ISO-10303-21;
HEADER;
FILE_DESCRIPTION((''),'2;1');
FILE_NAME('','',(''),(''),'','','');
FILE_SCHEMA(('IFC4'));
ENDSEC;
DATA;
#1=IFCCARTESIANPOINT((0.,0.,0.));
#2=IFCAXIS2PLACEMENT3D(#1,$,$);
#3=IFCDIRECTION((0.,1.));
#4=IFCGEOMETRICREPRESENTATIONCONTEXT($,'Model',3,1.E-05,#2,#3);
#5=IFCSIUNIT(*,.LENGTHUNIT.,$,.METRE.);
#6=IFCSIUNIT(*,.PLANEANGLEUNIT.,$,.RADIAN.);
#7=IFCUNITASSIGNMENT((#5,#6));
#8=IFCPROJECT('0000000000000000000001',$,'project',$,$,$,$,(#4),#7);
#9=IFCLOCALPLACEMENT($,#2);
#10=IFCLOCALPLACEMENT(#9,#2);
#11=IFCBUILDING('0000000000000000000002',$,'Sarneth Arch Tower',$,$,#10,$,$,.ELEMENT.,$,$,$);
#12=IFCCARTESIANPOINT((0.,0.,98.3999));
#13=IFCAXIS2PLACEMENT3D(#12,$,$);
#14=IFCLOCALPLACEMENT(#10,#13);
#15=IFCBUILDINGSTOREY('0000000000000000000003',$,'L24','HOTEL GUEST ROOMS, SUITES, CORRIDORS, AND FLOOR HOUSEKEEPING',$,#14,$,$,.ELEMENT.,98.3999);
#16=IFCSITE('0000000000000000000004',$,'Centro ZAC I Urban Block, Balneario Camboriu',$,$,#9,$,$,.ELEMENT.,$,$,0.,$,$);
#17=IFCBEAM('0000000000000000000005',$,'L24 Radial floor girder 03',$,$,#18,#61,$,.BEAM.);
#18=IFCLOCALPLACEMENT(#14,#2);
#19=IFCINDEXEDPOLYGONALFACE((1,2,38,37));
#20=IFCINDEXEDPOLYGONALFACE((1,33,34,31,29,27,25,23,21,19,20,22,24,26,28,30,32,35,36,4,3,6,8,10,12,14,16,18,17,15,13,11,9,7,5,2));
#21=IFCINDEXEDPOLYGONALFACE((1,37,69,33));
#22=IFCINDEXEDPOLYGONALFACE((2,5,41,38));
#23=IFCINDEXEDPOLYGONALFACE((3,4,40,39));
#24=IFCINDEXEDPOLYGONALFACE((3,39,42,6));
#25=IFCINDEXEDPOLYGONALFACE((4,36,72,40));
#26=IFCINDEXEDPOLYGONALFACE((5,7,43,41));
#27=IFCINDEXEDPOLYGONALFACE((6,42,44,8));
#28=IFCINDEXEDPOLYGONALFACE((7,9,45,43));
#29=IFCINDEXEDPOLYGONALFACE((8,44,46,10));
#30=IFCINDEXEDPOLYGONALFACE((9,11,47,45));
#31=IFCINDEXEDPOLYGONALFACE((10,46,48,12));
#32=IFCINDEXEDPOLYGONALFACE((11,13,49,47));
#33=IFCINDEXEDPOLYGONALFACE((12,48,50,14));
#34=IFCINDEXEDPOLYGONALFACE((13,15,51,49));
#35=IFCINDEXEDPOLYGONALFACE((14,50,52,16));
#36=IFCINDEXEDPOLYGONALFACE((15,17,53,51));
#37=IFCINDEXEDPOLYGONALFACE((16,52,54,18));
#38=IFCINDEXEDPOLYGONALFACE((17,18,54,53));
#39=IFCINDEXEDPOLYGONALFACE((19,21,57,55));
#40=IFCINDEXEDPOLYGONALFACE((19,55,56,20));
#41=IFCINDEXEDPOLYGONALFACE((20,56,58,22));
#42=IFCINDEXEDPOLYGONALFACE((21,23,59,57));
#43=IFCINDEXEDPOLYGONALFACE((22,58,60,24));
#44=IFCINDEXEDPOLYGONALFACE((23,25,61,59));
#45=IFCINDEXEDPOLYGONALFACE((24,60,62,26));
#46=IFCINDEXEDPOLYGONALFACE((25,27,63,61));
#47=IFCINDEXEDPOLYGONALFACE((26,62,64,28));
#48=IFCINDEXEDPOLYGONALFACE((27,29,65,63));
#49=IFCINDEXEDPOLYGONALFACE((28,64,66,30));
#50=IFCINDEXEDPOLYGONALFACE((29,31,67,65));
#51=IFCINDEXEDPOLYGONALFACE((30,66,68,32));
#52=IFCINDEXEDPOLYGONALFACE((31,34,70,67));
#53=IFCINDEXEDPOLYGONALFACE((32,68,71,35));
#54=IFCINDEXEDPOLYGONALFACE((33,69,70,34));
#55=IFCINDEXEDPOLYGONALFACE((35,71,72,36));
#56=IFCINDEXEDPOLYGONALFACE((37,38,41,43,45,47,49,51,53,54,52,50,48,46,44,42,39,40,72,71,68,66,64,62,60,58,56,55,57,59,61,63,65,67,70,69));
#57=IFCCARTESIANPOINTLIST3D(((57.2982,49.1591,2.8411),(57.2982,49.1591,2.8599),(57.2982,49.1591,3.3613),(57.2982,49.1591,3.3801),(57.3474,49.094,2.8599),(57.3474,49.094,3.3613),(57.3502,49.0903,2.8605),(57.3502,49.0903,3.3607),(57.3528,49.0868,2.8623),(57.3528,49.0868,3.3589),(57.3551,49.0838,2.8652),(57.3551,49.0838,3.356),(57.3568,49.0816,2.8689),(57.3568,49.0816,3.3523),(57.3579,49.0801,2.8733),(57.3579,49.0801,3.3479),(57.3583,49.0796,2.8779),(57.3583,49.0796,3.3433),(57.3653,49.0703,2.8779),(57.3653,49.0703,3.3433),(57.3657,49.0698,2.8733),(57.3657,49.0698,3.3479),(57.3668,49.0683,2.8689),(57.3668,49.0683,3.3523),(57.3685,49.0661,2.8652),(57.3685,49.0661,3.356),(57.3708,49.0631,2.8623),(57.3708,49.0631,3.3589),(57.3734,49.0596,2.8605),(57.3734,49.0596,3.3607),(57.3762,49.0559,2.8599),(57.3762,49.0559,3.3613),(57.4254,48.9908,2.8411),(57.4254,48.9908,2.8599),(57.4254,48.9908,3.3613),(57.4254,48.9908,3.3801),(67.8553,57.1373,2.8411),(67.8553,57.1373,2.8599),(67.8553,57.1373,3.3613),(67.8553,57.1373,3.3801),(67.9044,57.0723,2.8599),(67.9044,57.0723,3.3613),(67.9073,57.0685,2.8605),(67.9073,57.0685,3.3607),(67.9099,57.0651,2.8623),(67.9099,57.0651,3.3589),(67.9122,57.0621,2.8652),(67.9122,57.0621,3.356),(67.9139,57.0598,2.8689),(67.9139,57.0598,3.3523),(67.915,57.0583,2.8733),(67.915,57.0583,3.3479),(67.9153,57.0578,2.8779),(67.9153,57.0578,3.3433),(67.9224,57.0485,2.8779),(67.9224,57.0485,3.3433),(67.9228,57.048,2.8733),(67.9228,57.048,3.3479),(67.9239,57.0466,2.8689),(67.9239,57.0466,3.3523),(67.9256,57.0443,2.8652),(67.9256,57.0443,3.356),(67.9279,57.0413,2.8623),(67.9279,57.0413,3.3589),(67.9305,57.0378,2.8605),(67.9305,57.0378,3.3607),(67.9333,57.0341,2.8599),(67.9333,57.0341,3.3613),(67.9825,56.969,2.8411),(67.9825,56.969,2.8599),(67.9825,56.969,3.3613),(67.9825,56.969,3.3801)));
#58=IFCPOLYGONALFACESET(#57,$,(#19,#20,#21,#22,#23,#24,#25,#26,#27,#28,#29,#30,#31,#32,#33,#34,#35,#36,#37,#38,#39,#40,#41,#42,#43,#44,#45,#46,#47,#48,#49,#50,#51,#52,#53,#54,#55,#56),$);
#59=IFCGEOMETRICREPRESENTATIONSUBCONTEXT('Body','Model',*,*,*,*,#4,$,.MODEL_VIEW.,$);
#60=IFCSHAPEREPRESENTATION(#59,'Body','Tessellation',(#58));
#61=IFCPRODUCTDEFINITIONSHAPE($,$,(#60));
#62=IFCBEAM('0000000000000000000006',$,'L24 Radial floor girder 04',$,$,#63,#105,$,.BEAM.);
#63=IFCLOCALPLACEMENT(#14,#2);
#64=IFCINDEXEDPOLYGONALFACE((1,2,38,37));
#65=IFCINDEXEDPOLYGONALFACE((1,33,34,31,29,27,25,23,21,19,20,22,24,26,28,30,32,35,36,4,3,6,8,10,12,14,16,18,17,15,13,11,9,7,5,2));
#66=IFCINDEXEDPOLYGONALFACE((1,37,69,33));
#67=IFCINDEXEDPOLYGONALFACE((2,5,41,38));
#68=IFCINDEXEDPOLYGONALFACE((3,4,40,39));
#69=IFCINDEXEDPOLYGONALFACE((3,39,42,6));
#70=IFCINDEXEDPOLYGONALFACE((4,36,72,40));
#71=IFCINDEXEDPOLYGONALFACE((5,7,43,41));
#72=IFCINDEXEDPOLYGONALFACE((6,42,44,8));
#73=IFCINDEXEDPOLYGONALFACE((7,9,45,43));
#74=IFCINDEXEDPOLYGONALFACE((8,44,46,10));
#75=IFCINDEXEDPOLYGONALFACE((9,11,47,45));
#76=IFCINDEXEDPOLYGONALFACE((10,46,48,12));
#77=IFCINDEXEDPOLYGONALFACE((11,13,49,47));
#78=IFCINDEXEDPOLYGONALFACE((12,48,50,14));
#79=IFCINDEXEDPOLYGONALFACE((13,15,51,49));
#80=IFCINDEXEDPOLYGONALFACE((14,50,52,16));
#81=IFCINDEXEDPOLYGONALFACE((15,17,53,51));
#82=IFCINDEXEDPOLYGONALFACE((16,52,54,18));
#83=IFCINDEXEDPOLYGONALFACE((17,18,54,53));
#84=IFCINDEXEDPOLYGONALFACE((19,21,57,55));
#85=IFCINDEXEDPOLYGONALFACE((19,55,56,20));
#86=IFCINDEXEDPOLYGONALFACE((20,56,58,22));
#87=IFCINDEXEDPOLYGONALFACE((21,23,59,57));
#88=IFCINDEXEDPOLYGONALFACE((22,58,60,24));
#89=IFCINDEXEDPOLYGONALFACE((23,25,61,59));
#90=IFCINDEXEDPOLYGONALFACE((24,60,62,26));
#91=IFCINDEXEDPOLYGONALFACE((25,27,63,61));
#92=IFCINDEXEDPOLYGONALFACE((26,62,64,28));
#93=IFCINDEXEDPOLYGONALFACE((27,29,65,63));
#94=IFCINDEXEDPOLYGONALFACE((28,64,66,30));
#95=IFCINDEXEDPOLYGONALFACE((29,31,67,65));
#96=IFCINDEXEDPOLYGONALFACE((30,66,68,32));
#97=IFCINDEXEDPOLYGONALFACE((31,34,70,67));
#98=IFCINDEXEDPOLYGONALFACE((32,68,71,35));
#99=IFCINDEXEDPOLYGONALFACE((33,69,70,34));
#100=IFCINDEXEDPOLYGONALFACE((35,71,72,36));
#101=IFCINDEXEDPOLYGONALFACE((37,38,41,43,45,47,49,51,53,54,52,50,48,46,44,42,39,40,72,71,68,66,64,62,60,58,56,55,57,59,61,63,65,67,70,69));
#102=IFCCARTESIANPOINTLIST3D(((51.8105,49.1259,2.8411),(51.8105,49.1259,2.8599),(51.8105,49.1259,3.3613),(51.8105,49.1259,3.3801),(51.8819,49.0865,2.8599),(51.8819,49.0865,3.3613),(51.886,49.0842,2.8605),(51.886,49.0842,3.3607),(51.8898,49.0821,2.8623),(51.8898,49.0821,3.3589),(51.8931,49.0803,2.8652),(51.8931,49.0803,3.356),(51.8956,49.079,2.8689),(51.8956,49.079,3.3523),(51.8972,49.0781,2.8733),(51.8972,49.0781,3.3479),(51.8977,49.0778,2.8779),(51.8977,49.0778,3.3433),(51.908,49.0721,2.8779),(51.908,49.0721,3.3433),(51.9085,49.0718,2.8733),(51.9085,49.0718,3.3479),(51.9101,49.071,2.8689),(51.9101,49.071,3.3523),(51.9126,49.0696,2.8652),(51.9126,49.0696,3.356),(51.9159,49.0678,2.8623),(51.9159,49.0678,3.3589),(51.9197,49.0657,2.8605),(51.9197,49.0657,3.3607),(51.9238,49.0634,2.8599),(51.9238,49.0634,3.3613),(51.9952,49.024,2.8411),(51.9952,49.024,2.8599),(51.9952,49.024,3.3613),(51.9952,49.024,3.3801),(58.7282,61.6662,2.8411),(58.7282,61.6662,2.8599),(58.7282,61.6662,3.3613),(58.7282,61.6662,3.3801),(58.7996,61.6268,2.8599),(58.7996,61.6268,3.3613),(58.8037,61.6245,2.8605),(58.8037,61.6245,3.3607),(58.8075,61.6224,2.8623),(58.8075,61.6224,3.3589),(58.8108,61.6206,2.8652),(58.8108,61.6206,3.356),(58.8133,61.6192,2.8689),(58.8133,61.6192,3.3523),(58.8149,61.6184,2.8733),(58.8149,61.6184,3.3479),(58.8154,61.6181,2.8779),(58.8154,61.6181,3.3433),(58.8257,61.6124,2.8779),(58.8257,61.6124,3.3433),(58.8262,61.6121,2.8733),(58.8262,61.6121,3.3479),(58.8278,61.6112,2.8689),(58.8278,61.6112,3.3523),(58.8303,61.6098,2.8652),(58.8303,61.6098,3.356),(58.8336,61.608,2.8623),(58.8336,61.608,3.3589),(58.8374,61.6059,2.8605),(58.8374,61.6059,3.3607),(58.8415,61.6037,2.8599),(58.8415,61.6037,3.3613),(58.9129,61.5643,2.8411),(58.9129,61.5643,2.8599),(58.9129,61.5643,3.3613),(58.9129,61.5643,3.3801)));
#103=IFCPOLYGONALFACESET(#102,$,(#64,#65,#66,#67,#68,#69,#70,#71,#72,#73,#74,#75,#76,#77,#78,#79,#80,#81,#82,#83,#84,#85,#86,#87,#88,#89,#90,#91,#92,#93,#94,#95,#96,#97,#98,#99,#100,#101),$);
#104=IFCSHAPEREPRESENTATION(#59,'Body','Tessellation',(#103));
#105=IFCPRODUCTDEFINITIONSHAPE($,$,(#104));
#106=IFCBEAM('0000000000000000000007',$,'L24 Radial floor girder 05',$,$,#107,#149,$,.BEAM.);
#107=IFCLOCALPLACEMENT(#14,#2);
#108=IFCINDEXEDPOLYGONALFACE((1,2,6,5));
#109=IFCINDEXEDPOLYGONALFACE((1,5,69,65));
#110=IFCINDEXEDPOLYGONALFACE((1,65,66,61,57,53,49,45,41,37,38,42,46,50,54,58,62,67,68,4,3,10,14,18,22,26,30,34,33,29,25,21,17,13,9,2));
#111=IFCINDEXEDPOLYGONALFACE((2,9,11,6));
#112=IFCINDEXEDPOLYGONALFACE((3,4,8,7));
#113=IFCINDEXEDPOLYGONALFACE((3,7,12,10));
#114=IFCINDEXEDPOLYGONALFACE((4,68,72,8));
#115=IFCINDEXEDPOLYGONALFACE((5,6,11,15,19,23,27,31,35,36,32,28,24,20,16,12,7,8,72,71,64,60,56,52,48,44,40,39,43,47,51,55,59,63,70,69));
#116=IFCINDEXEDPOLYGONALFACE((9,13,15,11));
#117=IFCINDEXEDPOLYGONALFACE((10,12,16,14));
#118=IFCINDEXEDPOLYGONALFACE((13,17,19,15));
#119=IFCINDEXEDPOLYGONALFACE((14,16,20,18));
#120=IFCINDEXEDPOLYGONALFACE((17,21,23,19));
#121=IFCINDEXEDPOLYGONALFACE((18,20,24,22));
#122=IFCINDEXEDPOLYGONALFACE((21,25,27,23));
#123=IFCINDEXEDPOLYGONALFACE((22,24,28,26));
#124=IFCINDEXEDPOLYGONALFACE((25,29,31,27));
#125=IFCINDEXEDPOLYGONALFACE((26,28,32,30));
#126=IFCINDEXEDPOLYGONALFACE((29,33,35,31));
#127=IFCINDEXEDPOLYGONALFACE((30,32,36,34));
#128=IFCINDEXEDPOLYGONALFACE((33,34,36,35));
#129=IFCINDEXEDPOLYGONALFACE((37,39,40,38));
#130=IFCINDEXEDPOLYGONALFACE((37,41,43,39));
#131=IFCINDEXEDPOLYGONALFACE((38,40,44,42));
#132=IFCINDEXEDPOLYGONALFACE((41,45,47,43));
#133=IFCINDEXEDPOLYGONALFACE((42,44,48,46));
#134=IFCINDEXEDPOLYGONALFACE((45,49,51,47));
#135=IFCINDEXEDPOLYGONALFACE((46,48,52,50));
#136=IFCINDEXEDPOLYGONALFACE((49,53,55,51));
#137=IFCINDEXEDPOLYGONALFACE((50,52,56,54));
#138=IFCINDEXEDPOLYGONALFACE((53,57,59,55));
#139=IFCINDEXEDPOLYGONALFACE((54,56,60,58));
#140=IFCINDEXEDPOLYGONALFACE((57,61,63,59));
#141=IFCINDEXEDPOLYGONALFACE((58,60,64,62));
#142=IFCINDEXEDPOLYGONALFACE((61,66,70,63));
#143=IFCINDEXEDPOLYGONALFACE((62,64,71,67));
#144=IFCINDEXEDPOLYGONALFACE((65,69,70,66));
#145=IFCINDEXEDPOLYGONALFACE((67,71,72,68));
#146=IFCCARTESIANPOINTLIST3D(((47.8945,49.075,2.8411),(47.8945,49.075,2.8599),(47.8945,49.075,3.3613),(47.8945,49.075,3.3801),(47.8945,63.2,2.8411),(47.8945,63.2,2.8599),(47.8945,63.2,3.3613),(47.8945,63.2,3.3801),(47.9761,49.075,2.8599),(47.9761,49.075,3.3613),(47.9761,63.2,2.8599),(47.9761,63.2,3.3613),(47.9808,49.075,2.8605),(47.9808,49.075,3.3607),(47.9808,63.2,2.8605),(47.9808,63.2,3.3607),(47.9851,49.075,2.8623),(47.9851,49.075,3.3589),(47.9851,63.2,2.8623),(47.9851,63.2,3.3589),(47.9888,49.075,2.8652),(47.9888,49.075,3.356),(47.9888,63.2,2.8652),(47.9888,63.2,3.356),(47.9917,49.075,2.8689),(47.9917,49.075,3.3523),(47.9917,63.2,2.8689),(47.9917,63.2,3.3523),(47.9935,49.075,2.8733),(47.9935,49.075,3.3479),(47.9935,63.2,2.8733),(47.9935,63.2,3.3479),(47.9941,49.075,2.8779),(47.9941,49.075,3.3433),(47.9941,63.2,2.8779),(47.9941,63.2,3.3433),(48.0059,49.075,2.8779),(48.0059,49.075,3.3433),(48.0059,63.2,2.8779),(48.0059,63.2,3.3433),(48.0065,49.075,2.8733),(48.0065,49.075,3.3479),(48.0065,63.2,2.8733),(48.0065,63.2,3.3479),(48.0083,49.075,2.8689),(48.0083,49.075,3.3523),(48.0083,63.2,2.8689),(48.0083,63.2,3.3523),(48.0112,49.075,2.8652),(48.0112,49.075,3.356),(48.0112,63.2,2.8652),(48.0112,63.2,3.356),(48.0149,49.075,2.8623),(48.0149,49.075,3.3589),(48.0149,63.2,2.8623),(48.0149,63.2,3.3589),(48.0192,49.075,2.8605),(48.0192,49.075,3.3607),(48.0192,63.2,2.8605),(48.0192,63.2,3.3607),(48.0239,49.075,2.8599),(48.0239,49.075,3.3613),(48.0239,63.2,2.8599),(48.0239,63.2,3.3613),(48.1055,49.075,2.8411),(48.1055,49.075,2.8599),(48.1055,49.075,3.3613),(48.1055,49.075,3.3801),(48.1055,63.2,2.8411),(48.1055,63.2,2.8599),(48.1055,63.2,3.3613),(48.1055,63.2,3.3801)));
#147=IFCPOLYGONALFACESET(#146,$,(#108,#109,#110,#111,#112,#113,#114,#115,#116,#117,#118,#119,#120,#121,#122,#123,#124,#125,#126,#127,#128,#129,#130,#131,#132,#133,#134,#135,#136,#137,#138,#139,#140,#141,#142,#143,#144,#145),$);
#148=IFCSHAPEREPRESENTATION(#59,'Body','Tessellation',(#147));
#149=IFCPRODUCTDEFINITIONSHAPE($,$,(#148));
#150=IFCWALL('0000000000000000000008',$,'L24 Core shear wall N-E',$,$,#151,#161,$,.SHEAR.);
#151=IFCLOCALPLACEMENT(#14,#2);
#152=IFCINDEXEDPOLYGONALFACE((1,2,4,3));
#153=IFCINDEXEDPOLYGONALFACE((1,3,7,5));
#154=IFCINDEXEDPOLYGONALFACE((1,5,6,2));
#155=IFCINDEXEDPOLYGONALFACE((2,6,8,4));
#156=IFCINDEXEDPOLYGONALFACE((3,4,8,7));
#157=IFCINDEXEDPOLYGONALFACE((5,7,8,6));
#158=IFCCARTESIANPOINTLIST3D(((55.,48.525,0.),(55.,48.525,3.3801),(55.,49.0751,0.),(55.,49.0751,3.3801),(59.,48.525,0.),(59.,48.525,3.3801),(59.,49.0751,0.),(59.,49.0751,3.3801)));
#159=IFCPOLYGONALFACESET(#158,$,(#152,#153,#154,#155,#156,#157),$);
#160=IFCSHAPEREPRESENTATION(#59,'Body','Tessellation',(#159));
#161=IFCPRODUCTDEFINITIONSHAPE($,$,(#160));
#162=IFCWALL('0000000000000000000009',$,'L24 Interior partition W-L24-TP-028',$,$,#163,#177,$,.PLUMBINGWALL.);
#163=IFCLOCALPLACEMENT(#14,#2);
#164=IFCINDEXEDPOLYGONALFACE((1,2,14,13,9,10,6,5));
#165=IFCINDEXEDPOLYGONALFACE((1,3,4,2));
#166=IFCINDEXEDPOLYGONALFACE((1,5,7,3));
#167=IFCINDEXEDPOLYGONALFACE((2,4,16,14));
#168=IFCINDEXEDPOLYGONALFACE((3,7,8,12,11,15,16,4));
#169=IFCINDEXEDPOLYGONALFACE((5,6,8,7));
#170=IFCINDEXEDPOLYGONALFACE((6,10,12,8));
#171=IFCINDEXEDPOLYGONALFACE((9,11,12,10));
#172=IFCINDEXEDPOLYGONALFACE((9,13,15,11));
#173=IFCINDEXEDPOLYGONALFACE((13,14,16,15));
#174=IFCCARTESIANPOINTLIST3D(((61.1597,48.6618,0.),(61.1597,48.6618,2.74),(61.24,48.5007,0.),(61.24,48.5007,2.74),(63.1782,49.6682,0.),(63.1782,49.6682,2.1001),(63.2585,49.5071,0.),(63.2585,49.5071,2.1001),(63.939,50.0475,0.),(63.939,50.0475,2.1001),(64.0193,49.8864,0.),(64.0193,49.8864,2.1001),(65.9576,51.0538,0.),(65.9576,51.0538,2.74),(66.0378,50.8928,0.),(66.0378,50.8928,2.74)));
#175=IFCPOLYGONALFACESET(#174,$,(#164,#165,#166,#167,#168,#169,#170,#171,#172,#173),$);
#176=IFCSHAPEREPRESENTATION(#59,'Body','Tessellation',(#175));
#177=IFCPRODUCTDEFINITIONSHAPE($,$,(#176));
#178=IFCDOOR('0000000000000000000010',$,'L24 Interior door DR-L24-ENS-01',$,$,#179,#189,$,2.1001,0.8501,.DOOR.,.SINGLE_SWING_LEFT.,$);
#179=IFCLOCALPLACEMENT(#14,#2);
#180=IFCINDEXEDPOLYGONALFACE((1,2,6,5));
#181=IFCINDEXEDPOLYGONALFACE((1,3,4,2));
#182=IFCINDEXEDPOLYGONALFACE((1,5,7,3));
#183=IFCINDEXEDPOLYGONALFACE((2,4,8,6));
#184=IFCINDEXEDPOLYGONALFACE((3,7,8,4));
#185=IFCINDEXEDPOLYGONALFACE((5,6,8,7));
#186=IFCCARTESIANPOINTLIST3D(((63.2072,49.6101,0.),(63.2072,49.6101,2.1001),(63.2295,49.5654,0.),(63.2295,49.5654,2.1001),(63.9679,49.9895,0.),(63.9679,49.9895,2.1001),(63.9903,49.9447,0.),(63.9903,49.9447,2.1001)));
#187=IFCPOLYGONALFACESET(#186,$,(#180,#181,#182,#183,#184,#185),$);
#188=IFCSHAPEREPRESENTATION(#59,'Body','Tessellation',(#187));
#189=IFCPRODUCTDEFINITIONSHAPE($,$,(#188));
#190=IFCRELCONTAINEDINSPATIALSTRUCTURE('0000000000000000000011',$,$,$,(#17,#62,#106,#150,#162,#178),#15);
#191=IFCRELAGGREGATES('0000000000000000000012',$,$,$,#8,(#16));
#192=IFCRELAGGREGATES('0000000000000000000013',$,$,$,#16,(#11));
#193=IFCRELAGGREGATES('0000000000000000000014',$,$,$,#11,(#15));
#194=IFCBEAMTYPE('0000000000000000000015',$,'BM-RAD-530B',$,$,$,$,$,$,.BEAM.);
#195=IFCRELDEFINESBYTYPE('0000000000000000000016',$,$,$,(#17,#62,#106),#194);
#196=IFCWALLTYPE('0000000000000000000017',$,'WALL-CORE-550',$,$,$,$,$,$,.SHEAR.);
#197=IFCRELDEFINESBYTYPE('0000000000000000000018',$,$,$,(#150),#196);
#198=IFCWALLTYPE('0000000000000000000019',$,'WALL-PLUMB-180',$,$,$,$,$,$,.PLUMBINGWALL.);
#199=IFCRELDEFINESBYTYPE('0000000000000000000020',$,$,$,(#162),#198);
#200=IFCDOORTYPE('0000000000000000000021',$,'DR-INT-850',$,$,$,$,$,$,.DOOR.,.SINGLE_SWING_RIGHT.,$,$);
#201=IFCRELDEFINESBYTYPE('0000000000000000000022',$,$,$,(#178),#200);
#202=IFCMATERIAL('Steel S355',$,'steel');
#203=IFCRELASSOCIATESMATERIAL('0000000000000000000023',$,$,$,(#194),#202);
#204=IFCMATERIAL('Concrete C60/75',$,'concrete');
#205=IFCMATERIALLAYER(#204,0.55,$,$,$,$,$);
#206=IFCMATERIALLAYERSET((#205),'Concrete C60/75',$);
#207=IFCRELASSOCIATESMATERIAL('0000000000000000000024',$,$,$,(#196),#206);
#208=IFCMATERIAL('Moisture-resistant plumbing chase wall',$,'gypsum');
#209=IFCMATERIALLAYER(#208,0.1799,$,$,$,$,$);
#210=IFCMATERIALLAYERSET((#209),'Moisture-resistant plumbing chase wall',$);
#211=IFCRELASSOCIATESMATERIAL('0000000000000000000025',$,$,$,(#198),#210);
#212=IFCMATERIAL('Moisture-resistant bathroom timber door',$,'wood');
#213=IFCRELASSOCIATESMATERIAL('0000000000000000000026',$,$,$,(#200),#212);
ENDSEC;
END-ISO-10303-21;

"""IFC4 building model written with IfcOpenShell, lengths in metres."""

from ifc_helpers import new_model, si_unit, direction, frame, frame_2d, origin, origin_2d, place, context, subcontext, project, spatial, rectangle, i_section, extrude, material, layer, layer_set, material_profile, profile_set, type_object, element, fill, save


model = new_model("IFC4")

# Units and contexts
model_context = context("Model", 3, precision=1e-05, world=origin(), true_north=direction((0.0, 1.0)))
body_context = subcontext(model_context, "Body", "Model", "MODEL_VIEW")
ifc_project = project(units=[si_unit("LENGTHUNIT", "METRE"), si_unit("PLANEANGLEUNIT", "RADIAN")], contexts=[model_context])

# Site, building, storey
site_placement = place(None, origin())
site = spatial("IfcSite", under=ifc_project, at=site_placement, Name="Centro ZAC I Urban Block, Balneario Camboriu", CompositionType="ELEMENT", RefElevation=0.0)
building_placement = place(site_placement, origin())
building = spatial("IfcBuilding", under=site, at=building_placement, Name="Sarneth Arch Tower", CompositionType="ELEMENT")
storey_placement = place(building_placement, frame((0.0, 0.0, 98.3999)))
storey = spatial("IfcBuildingStorey", under=building, at=storey_placement, Name="L24", Description="HOTEL GUEST ROOMS, SUITES, CORRIDORS, AND FLOOR HOUSEKEEPING", CompositionType="ELEMENT", Elevation=98.3999)

# Beams
ifc_material_1 = material(Name="Steel S355", Category="steel")
ifc_material_profile_1 = material_profile(ifc_material_1, i_section(OverallWidth=0.2109, OverallDepth=0.5391, WebThickness=0.0117, FlangeThickness=0.0188, FilletRadius=0.0181, at=origin_2d()), Name="W530x109")
ifc_profile_set_1 = profile_set([ifc_material_profile_1], Name="Steel S355")
beam_type_1 = type_object("IfcBeamType", Name="BM-RAD-530B", PredefinedType="BEAM", material=ifc_profile_set_1)
beam_1_placement = place(storey_placement, frame((57.3618, 49.075, 3.1106), z_axis=(0.797803, 0.602918, 0.0), x_axis=(-0.602918, 0.797803, 0.0)))
element("IfcBeam", 1, at=beam_1_placement, inside=storey, type_object=beam_type_1, Name="L24 Radial floor girder 03", PredefinedType="BEAM", context=body_context, shape_type="SweptSolid", body=[
    extrude(i_section(OverallWidth=0.2109, OverallDepth=0.5391, WebThickness=0.0117, FlangeThickness=0.0188, FilletRadius=0.0181, at=origin_2d()), origin(), (0.0, 0.0, 1.0), 13.2327),
])
beam_2_placement = place(storey_placement, frame((51.9028, 49.075, 3.1106), z_axis=(0.483021, 0.875609, 0.0), x_axis=(-0.875609, 0.483021, 0.0)))
element("IfcBeam", 2, at=beam_2_placement, inside=storey, type_object=beam_type_1, Name="L24 Radial floor girder 04", PredefinedType="BEAM", context=body_context, shape_type="SweptSolid", body=[
    extrude(i_section(OverallWidth=0.2109, OverallDepth=0.5391, WebThickness=0.0117, FlangeThickness=0.0188, FilletRadius=0.0181, at=origin_2d()), origin(), (0.0, 0.0, 1.0), 14.3218),
])
beam_3_placement = place(storey_placement, frame((48.0, 49.075, 3.1106), z_axis=(0.0, 1.0, 0.0), x_axis=(-1.0, 0.0, 0.0)))
element("IfcBeam", 3, at=beam_3_placement, inside=storey, type_object=beam_type_1, Name="L24 Radial floor girder 05", PredefinedType="BEAM", context=body_context, shape_type="SweptSolid", body=[
    extrude(i_section(OverallWidth=0.2109, OverallDepth=0.5391, WebThickness=0.0117, FlangeThickness=0.0188, FilletRadius=0.0181, at=origin_2d()), origin(), (0.0, 0.0, 1.0), 14.125),
])

# Wall
ifc_material_2 = material(Name="Concrete C60/75", Category="concrete")
ifc_layer_1 = layer(ifc_material_2, 0.55)
ifc_layer_set_1 = layer_set([ifc_layer_1], Name="Concrete C60/75")
wall_type_1 = type_object("IfcWallType", Name="WALL-CORE-550", PredefinedType="SHEAR", material=ifc_layer_set_1)
wall_1_placement = place(storey_placement, frame((55.0, 48.8, 0.0), z_axis=(0.0, 0.0, 1.0), x_axis=(1.0, 0.0, 0.0)))
element("IfcWall", 4, at=wall_1_placement, inside=storey, type_object=wall_type_1, Name="L24 Core shear wall N-E", PredefinedType="SHEAR", context=body_context, shape_type="SweptSolid", body=[
    extrude(rectangle(XDim=4.0, YDim=0.55, at=frame_2d((2.0, 0.0))), origin(), (0.0, 0.0, 1.0), 3.3801),
])

# Wall, opening, door
ifc_material_3 = material(Name="Moisture-resistant plumbing chase wall", Category="gypsum")
ifc_layer_2 = layer(ifc_material_3, 0.1799)
ifc_layer_set_2 = layer_set([ifc_layer_2], Name="Moisture-resistant plumbing chase wall")
wall_type_2 = type_object("IfcWallType", Name="WALL-PLUMB-180", PredefinedType="PLUMBINGWALL", material=ifc_layer_set_2)
wall_2_placement = place(storey_placement, frame((65.9978, 50.9734, 0.0), z_axis=(0.0, 0.0, 1.0), x_axis=(-0.894937, -0.446193, 0.0)))
wall_2 = element("IfcWall", 5, at=wall_2_placement, inside=storey, type_object=wall_type_2, Name="L24 Interior partition W-L24-TP-028", PredefinedType="PLUMBINGWALL", context=body_context, shape_type="SweptSolid", body=[
    extrude(rectangle(XDim=5.3611, YDim=0.1799, at=frame_2d((2.6807, 0.0))), origin(), (0.0, 0.0, 1.0), 2.74),
])
opening_placement = place(wall_2_placement, frame((2.2556, 0.0, 0.0)))
opening = element("IfcOpeningElement", 6, at=opening_placement, cuts=wall_2, PredefinedType="OPENING", context=body_context, shape_type="SweptSolid", body=[
    extrude(rectangle(XDim=0.8501, YDim=2.1001, at=frame_2d((0.425, 1.05))), frame((0.0, 0.0999, 0.0), z_axis=(0.0, -1.0, 0.0), x_axis=(1.0, 0.0, 0.0)), (0.0, 0.0, 1.0), 0.2),
])
ifc_material_4 = material(Name="Moisture-resistant bathroom timber door", Category="wood")
door_type = type_object("IfcDoorType", Name="DR-INT-850", OperationType="SINGLE_SWING_RIGHT", PredefinedType="DOOR", material=ifc_material_4)
door_placement = place(opening_placement, origin())
door = element("IfcDoor", 7, at=door_placement, inside=storey, type_object=door_type, Name="L24 Interior door DR-L24-ENS-01", OperationType="SINGLE_SWING_LEFT", OverallHeight=2.1001, OverallWidth=0.8501, PredefinedType="DOOR", context=body_context, shape_type="SweptSolid", body=[
    extrude(rectangle(XDim=0.8501, YDim=2.1001, at=frame_2d((0.425, 1.05))), frame((0.0, 0.0249, 0.0), z_axis=(0.0, -1.0, 0.0), x_axis=(1.0, 0.0, 0.0)), (0.0, 0.0, 1.0), 0.05),
])
fill(opening, door)

save(model, "model.ifc")
